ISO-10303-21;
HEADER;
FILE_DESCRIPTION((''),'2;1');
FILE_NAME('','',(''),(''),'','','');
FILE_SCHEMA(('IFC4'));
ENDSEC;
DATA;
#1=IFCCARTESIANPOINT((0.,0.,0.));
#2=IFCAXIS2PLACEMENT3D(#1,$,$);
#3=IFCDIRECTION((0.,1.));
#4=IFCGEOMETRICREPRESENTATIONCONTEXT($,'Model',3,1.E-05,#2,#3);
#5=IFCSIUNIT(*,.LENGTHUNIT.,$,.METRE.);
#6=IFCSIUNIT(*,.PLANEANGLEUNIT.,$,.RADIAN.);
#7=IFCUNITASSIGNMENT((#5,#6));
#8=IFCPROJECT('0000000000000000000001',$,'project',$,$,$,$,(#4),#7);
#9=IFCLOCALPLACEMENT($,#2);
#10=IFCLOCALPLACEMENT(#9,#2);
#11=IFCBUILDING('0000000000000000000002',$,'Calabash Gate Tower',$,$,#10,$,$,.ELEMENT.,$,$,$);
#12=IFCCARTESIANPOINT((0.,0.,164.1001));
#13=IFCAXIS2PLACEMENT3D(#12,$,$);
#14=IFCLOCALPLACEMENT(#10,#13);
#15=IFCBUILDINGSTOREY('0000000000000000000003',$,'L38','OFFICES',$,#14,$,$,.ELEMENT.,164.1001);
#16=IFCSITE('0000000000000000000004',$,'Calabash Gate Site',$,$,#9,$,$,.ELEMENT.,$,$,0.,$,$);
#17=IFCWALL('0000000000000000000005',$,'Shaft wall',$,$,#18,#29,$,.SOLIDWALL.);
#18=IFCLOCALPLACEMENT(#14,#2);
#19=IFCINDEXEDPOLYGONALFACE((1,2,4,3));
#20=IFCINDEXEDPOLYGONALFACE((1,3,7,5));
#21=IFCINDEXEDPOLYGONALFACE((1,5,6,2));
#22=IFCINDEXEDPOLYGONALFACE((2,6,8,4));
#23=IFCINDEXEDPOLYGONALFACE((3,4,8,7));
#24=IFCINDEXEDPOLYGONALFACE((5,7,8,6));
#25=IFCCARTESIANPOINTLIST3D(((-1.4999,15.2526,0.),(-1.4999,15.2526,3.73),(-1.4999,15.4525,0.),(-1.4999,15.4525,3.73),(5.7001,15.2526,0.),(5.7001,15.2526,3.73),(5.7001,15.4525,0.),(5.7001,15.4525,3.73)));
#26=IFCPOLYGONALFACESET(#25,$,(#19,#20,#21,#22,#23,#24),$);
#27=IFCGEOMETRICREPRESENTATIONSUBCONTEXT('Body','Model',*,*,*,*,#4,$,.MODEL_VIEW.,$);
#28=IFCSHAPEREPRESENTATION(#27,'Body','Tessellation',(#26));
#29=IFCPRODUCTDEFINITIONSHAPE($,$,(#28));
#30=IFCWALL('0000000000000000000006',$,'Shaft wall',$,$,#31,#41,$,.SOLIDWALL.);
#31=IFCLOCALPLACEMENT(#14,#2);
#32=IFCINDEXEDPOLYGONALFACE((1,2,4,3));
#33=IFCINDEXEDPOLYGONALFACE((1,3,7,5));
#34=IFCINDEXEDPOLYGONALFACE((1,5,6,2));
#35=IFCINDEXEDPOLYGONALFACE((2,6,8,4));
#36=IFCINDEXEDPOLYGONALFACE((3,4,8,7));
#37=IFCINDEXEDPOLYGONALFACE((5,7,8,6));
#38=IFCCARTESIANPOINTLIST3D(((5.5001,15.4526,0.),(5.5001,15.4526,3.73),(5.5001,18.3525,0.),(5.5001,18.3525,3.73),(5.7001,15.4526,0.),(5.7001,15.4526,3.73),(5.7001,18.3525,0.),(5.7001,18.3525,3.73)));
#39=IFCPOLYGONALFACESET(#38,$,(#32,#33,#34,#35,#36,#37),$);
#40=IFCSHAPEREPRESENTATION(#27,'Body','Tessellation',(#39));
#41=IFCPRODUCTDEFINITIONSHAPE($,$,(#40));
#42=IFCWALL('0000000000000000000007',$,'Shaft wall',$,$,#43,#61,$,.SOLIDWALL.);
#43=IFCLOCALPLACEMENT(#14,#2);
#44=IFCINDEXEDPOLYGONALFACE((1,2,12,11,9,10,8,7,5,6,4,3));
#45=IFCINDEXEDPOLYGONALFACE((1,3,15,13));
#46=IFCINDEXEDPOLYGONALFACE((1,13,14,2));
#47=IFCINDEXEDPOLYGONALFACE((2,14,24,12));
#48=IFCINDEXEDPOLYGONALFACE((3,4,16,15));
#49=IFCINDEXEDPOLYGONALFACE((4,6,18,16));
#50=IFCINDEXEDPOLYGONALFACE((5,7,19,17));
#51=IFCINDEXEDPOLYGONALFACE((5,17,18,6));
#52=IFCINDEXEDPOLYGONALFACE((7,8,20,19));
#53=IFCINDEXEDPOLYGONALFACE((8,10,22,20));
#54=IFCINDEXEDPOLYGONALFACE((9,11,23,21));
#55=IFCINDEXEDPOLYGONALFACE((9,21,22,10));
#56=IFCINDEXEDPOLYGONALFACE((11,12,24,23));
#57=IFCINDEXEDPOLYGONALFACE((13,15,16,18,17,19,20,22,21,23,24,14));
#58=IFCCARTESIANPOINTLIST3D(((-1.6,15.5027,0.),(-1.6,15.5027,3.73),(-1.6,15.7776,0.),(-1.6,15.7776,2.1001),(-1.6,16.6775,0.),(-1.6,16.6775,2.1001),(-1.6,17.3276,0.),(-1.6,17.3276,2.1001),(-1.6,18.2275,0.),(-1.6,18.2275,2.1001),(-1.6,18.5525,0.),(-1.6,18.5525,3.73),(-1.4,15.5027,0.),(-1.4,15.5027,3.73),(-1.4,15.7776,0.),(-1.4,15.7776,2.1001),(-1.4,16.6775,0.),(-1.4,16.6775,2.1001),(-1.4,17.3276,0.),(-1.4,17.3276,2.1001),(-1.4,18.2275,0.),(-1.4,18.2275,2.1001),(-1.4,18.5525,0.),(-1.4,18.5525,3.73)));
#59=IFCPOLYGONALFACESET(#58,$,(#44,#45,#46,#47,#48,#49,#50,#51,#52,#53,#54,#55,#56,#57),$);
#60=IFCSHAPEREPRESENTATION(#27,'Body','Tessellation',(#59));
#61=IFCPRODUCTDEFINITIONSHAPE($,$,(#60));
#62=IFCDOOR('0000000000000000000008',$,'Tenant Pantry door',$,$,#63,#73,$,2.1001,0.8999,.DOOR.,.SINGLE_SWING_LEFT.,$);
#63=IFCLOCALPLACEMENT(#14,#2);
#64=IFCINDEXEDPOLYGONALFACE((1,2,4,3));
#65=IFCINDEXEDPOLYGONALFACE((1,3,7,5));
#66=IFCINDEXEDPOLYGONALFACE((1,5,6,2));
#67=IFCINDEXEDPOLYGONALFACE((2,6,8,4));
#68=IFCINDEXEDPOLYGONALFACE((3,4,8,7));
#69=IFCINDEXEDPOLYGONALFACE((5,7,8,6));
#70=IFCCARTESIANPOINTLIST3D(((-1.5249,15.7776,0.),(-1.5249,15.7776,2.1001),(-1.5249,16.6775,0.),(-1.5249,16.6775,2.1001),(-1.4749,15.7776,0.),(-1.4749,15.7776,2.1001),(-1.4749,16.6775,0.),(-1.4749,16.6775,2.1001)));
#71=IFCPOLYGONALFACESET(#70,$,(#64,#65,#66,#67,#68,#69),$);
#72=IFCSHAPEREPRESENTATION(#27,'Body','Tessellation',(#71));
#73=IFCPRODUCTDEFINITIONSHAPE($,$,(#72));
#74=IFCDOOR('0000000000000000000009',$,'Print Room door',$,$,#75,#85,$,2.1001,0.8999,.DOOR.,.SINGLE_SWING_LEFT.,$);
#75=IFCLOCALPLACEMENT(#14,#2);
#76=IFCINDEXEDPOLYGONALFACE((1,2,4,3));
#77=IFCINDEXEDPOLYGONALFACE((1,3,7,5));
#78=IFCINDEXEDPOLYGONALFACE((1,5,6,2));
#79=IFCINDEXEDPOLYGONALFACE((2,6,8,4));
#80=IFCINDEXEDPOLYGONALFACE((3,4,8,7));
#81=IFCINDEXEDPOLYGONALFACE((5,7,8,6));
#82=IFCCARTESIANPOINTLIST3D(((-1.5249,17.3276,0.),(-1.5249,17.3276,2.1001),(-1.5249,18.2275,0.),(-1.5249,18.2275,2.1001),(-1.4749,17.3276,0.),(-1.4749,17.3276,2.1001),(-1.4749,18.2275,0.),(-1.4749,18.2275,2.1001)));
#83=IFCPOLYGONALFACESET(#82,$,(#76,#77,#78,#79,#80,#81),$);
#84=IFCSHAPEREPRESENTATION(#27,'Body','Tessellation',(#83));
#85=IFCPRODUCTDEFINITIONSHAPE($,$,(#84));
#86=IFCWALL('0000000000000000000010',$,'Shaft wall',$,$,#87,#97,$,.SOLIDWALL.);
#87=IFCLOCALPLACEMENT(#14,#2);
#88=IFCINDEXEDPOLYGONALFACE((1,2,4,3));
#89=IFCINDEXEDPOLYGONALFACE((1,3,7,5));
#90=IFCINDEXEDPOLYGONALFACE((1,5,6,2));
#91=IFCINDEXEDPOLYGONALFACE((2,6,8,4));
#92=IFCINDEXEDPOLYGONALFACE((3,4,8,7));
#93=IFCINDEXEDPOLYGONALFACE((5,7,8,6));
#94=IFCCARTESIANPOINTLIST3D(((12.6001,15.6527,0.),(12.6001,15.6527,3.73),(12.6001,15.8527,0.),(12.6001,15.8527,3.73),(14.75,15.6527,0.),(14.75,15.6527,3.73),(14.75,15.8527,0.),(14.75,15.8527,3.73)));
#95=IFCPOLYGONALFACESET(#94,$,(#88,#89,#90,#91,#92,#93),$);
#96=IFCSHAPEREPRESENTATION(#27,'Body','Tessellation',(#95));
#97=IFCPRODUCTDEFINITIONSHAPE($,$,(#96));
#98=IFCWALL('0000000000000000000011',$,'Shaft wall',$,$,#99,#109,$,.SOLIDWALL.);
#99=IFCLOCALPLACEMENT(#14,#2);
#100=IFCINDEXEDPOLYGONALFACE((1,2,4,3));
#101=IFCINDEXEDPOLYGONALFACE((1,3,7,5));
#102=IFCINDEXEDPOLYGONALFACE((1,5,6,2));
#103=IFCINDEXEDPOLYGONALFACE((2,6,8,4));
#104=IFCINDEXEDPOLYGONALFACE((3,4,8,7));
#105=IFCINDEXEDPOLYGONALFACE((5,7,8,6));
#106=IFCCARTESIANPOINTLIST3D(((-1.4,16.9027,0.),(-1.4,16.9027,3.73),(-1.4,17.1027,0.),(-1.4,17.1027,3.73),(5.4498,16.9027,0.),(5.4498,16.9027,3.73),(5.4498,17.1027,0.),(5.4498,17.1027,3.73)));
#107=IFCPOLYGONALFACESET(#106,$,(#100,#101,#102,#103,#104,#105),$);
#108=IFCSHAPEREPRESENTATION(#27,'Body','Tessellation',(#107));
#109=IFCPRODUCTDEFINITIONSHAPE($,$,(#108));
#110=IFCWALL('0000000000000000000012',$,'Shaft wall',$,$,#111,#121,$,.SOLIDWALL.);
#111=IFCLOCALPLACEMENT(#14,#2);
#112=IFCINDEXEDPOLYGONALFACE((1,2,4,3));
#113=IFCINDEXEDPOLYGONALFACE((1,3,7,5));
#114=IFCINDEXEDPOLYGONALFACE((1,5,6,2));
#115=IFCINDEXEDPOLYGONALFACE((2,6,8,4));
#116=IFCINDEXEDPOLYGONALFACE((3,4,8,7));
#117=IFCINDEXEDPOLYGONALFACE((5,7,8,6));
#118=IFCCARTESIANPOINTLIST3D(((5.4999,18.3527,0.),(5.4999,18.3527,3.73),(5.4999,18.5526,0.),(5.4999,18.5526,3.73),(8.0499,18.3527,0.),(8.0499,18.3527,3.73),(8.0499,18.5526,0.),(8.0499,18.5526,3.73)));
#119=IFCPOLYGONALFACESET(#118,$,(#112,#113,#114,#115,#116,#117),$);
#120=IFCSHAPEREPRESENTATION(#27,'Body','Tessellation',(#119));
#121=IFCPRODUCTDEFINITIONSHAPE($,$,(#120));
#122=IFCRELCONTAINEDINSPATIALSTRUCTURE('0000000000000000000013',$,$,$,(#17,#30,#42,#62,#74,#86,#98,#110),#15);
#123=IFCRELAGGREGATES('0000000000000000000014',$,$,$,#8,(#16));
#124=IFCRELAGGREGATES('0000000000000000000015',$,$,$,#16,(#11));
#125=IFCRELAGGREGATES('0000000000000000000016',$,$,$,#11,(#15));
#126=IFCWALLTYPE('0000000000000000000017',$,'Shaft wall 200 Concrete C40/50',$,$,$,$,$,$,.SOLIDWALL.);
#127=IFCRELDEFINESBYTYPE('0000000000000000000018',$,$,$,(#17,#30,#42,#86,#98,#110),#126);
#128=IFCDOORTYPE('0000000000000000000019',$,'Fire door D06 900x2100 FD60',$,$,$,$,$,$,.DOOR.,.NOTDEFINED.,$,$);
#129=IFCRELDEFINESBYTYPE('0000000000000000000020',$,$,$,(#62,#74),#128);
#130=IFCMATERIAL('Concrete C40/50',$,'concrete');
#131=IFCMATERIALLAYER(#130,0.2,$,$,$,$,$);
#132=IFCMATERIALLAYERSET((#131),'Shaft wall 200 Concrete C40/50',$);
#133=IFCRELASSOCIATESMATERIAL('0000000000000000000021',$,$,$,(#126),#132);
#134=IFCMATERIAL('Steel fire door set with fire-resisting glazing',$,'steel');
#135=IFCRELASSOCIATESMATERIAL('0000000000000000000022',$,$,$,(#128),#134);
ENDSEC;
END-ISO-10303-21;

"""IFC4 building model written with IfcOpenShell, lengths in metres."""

from ifc_helpers import new_model, si_unit, direction, frame, frame_2d, origin, place, context, subcontext, project, spatial, rectangle, extrude, material, layer, layer_set, type_object, element, fill, save


model = new_model("IFC4")

# Units and contexts
model_context = context("Model", 3, precision=1e-05, world=origin(), true_north=direction((0.0, 1.0)))
body_context = subcontext(model_context, "Body", "Model", "MODEL_VIEW")
ifc_project = project(units=[si_unit("LENGTHUNIT", "METRE"), si_unit("PLANEANGLEUNIT", "RADIAN")], contexts=[model_context])

# Site, building, storey
site_placement = place(None, origin())
site = spatial("IfcSite", under=ifc_project, at=site_placement, Name="Calabash Gate Site", CompositionType="ELEMENT", RefElevation=0.0)
building_placement = place(site_placement, origin())
building = spatial("IfcBuilding", under=site, at=building_placement, Name="Calabash Gate Tower", CompositionType="ELEMENT")
storey_placement = place(building_placement, frame((0.0, 0.0, 164.1001)))
storey = spatial("IfcBuildingStorey", under=building, at=storey_placement, Name="L38", Description="OFFICES", CompositionType="ELEMENT", Elevation=164.1001)

# Shared definitions
ifc_material_1 = material(Name="Concrete C40/50", Category="concrete")
ifc_layer_1 = layer(ifc_material_1, 0.2)
ifc_layer_set_1 = layer_set([ifc_layer_1], Name="Shaft wall 200 Concrete C40/50")
wall_type_1 = type_object("IfcWallType", Name="Shaft wall 200 Concrete C40/50", PredefinedType="SOLIDWALL", material=ifc_layer_set_1)

# Walls
wall_1_placement = place(storey_placement, frame((-1.5, 15.3525, 0.0), z_axis=(0.0, 0.0, 1.0), x_axis=(1.0, 0.0, 0.0)))
element("IfcWall", 1, at=wall_1_placement, inside=storey, type_object=wall_type_1, Name="Shaft wall", PredefinedType="SOLIDWALL", context=body_context, shape_type="SweptSolid", body=[
    extrude(rectangle(XDim=7.2, YDim=0.2, at=frame_2d((3.6001, 0.0))), origin(), (0.0, 0.0, 1.0), 3.73),
])
wall_2_placement = place(storey_placement, frame((5.6001, 15.4526, 0.0), z_axis=(0.0, 0.0, 1.0), x_axis=(0.0, 1.0, 0.0)))
element("IfcWall", 2, at=wall_2_placement, inside=storey, type_object=wall_type_1, Name="Shaft wall", PredefinedType="SOLIDWALL", context=body_context, shape_type="SweptSolid", body=[
    extrude(rectangle(XDim=2.8999, YDim=0.2, at=frame_2d((1.45, 0.0))), origin(), (0.0, 0.0, 1.0), 3.73),
])

# Wall, openings, doors
wall_3_placement = place(storey_placement, frame((-1.5, 15.5027, 0.0), z_axis=(0.0, 0.0, 1.0), x_axis=(0.0, 1.0, 0.0)))
wall_3 = element("IfcWall", 3, at=wall_3_placement, inside=storey, type_object=wall_type_1, Name="Shaft wall", PredefinedType="SOLIDWALL", context=body_context, shape_type="SweptSolid", body=[
    extrude(rectangle(XDim=3.0498, YDim=0.2, at=frame_2d((1.5249, 0.0))), origin(), (0.0, 0.0, 1.0), 3.73),
])
opening_1_placement = place(wall_3_placement, frame((0.2749, 0.0, 0.0)))
opening_1 = element("IfcOpeningElement", 4, at=opening_1_placement, cuts=wall_3, PredefinedType="OPENING", context=body_context, shape_type="SweptSolid", body=[
    extrude(rectangle(XDim=0.8999, YDim=2.1001, at=frame_2d((0.45, 1.05))), frame((0.0, 0.1099, 0.0), z_axis=(0.0, -1.0, 0.0), x_axis=(1.0, 0.0, 0.0)), (0.0, 0.0, 1.0), 0.22),
])
opening_2_placement = place(wall_3_placement, frame((1.825, 0.0, 0.0)))
opening_2 = element("IfcOpeningElement", 5, at=opening_2_placement, cuts=wall_3, PredefinedType="OPENING", context=body_context, shape_type="SweptSolid", body=[
    extrude(rectangle(XDim=0.8999, YDim=2.1001, at=frame_2d((0.45, 1.05))), frame((0.0, 0.1099, 0.0), z_axis=(0.0, -1.0, 0.0), x_axis=(1.0, 0.0, 0.0)), (0.0, 0.0, 1.0), 0.22),
])
ifc_material_2 = material(Name="Steel fire door set with fire-resisting glazing", Category="steel")
door_type_1 = type_object("IfcDoorType", Name="Fire door D06 900x2100 FD60", OperationType="NOTDEFINED", PredefinedType="DOOR", material=ifc_material_2)
door_1_placement = place(opening_1_placement, origin())
door_1 = element("IfcDoor", 6, at=door_1_placement, inside=storey, type_object=door_type_1, Name="Tenant Pantry door", OperationType="SINGLE_SWING_LEFT", OverallHeight=2.1001, OverallWidth=0.8999, PredefinedType="DOOR", context=body_context, shape_type="SweptSolid", body=[
    extrude(rectangle(XDim=0.8999, YDim=2.1001, at=frame_2d((0.45, 1.05))), frame((0.0, 0.0249, 0.0), z_axis=(0.0, -1.0, 0.0), x_axis=(1.0, 0.0, 0.0)), (0.0, 0.0, 1.0), 0.05),
])
fill(opening_1, door_1)
door_2_placement = place(opening_2_placement, origin())
door_2 = element("IfcDoor", 7, at=door_2_placement, inside=storey, type_object=door_type_1, Name="Print Room door", OperationType="SINGLE_SWING_LEFT", OverallHeight=2.1001, OverallWidth=0.8999, PredefinedType="DOOR", context=body_context, shape_type="SweptSolid", body=[
    extrude(rectangle(XDim=0.8999, YDim=2.1001, at=frame_2d((0.45, 1.05))), frame((0.0, 0.0249, 0.0), z_axis=(0.0, -1.0, 0.0), x_axis=(1.0, 0.0, 0.0)), (0.0, 0.0, 1.0), 0.05),
])
fill(opening_2, door_2)

# Walls
wall_4_placement = place(storey_placement, frame((12.6001, 15.7527, 0.0), z_axis=(0.0, 0.0, 1.0), x_axis=(1.0, 0.0, 0.0)))
element("IfcWall", 8, at=wall_4_placement, inside=storey, type_object=wall_type_1, Name="Shaft wall", PredefinedType="SOLIDWALL", context=body_context, shape_type="SweptSolid", body=[
    extrude(rectangle(XDim=2.1499, YDim=0.2, at=frame_2d((1.075, 0.0))), origin(), (0.0, 0.0, 1.0), 3.73),
])
wall_5_placement = place(storey_placement, frame((-1.3999, 17.0027, 0.0), z_axis=(0.0, 0.0, 1.0), x_axis=(1.0, 0.0, 0.0)))
element("IfcWall", 9, at=wall_5_placement, inside=storey, type_object=wall_type_1, Name="Shaft wall", PredefinedType="SOLIDWALL", context=body_context, shape_type="SweptSolid", body=[
    extrude(rectangle(XDim=6.8499, YDim=0.2, at=frame_2d((3.4248, 0.0))), origin(), (0.0, 0.0, 1.0), 3.73),
])
wall_6_placement = place(storey_placement, frame((5.5, 18.4526, 0.0), z_axis=(0.0, 0.0, 1.0), x_axis=(1.0, 0.0, 0.0)))
element("IfcWall", 10, at=wall_6_placement, inside=storey, type_object=wall_type_1, Name="Shaft wall", PredefinedType="SOLIDWALL", context=body_context, shape_type="SweptSolid", body=[
    extrude(rectangle(XDim=2.55, YDim=0.2, at=frame_2d((1.2749, 0.0))), origin(), (0.0, 0.0, 1.0), 3.73),
])

save(model, "model.ifc")
